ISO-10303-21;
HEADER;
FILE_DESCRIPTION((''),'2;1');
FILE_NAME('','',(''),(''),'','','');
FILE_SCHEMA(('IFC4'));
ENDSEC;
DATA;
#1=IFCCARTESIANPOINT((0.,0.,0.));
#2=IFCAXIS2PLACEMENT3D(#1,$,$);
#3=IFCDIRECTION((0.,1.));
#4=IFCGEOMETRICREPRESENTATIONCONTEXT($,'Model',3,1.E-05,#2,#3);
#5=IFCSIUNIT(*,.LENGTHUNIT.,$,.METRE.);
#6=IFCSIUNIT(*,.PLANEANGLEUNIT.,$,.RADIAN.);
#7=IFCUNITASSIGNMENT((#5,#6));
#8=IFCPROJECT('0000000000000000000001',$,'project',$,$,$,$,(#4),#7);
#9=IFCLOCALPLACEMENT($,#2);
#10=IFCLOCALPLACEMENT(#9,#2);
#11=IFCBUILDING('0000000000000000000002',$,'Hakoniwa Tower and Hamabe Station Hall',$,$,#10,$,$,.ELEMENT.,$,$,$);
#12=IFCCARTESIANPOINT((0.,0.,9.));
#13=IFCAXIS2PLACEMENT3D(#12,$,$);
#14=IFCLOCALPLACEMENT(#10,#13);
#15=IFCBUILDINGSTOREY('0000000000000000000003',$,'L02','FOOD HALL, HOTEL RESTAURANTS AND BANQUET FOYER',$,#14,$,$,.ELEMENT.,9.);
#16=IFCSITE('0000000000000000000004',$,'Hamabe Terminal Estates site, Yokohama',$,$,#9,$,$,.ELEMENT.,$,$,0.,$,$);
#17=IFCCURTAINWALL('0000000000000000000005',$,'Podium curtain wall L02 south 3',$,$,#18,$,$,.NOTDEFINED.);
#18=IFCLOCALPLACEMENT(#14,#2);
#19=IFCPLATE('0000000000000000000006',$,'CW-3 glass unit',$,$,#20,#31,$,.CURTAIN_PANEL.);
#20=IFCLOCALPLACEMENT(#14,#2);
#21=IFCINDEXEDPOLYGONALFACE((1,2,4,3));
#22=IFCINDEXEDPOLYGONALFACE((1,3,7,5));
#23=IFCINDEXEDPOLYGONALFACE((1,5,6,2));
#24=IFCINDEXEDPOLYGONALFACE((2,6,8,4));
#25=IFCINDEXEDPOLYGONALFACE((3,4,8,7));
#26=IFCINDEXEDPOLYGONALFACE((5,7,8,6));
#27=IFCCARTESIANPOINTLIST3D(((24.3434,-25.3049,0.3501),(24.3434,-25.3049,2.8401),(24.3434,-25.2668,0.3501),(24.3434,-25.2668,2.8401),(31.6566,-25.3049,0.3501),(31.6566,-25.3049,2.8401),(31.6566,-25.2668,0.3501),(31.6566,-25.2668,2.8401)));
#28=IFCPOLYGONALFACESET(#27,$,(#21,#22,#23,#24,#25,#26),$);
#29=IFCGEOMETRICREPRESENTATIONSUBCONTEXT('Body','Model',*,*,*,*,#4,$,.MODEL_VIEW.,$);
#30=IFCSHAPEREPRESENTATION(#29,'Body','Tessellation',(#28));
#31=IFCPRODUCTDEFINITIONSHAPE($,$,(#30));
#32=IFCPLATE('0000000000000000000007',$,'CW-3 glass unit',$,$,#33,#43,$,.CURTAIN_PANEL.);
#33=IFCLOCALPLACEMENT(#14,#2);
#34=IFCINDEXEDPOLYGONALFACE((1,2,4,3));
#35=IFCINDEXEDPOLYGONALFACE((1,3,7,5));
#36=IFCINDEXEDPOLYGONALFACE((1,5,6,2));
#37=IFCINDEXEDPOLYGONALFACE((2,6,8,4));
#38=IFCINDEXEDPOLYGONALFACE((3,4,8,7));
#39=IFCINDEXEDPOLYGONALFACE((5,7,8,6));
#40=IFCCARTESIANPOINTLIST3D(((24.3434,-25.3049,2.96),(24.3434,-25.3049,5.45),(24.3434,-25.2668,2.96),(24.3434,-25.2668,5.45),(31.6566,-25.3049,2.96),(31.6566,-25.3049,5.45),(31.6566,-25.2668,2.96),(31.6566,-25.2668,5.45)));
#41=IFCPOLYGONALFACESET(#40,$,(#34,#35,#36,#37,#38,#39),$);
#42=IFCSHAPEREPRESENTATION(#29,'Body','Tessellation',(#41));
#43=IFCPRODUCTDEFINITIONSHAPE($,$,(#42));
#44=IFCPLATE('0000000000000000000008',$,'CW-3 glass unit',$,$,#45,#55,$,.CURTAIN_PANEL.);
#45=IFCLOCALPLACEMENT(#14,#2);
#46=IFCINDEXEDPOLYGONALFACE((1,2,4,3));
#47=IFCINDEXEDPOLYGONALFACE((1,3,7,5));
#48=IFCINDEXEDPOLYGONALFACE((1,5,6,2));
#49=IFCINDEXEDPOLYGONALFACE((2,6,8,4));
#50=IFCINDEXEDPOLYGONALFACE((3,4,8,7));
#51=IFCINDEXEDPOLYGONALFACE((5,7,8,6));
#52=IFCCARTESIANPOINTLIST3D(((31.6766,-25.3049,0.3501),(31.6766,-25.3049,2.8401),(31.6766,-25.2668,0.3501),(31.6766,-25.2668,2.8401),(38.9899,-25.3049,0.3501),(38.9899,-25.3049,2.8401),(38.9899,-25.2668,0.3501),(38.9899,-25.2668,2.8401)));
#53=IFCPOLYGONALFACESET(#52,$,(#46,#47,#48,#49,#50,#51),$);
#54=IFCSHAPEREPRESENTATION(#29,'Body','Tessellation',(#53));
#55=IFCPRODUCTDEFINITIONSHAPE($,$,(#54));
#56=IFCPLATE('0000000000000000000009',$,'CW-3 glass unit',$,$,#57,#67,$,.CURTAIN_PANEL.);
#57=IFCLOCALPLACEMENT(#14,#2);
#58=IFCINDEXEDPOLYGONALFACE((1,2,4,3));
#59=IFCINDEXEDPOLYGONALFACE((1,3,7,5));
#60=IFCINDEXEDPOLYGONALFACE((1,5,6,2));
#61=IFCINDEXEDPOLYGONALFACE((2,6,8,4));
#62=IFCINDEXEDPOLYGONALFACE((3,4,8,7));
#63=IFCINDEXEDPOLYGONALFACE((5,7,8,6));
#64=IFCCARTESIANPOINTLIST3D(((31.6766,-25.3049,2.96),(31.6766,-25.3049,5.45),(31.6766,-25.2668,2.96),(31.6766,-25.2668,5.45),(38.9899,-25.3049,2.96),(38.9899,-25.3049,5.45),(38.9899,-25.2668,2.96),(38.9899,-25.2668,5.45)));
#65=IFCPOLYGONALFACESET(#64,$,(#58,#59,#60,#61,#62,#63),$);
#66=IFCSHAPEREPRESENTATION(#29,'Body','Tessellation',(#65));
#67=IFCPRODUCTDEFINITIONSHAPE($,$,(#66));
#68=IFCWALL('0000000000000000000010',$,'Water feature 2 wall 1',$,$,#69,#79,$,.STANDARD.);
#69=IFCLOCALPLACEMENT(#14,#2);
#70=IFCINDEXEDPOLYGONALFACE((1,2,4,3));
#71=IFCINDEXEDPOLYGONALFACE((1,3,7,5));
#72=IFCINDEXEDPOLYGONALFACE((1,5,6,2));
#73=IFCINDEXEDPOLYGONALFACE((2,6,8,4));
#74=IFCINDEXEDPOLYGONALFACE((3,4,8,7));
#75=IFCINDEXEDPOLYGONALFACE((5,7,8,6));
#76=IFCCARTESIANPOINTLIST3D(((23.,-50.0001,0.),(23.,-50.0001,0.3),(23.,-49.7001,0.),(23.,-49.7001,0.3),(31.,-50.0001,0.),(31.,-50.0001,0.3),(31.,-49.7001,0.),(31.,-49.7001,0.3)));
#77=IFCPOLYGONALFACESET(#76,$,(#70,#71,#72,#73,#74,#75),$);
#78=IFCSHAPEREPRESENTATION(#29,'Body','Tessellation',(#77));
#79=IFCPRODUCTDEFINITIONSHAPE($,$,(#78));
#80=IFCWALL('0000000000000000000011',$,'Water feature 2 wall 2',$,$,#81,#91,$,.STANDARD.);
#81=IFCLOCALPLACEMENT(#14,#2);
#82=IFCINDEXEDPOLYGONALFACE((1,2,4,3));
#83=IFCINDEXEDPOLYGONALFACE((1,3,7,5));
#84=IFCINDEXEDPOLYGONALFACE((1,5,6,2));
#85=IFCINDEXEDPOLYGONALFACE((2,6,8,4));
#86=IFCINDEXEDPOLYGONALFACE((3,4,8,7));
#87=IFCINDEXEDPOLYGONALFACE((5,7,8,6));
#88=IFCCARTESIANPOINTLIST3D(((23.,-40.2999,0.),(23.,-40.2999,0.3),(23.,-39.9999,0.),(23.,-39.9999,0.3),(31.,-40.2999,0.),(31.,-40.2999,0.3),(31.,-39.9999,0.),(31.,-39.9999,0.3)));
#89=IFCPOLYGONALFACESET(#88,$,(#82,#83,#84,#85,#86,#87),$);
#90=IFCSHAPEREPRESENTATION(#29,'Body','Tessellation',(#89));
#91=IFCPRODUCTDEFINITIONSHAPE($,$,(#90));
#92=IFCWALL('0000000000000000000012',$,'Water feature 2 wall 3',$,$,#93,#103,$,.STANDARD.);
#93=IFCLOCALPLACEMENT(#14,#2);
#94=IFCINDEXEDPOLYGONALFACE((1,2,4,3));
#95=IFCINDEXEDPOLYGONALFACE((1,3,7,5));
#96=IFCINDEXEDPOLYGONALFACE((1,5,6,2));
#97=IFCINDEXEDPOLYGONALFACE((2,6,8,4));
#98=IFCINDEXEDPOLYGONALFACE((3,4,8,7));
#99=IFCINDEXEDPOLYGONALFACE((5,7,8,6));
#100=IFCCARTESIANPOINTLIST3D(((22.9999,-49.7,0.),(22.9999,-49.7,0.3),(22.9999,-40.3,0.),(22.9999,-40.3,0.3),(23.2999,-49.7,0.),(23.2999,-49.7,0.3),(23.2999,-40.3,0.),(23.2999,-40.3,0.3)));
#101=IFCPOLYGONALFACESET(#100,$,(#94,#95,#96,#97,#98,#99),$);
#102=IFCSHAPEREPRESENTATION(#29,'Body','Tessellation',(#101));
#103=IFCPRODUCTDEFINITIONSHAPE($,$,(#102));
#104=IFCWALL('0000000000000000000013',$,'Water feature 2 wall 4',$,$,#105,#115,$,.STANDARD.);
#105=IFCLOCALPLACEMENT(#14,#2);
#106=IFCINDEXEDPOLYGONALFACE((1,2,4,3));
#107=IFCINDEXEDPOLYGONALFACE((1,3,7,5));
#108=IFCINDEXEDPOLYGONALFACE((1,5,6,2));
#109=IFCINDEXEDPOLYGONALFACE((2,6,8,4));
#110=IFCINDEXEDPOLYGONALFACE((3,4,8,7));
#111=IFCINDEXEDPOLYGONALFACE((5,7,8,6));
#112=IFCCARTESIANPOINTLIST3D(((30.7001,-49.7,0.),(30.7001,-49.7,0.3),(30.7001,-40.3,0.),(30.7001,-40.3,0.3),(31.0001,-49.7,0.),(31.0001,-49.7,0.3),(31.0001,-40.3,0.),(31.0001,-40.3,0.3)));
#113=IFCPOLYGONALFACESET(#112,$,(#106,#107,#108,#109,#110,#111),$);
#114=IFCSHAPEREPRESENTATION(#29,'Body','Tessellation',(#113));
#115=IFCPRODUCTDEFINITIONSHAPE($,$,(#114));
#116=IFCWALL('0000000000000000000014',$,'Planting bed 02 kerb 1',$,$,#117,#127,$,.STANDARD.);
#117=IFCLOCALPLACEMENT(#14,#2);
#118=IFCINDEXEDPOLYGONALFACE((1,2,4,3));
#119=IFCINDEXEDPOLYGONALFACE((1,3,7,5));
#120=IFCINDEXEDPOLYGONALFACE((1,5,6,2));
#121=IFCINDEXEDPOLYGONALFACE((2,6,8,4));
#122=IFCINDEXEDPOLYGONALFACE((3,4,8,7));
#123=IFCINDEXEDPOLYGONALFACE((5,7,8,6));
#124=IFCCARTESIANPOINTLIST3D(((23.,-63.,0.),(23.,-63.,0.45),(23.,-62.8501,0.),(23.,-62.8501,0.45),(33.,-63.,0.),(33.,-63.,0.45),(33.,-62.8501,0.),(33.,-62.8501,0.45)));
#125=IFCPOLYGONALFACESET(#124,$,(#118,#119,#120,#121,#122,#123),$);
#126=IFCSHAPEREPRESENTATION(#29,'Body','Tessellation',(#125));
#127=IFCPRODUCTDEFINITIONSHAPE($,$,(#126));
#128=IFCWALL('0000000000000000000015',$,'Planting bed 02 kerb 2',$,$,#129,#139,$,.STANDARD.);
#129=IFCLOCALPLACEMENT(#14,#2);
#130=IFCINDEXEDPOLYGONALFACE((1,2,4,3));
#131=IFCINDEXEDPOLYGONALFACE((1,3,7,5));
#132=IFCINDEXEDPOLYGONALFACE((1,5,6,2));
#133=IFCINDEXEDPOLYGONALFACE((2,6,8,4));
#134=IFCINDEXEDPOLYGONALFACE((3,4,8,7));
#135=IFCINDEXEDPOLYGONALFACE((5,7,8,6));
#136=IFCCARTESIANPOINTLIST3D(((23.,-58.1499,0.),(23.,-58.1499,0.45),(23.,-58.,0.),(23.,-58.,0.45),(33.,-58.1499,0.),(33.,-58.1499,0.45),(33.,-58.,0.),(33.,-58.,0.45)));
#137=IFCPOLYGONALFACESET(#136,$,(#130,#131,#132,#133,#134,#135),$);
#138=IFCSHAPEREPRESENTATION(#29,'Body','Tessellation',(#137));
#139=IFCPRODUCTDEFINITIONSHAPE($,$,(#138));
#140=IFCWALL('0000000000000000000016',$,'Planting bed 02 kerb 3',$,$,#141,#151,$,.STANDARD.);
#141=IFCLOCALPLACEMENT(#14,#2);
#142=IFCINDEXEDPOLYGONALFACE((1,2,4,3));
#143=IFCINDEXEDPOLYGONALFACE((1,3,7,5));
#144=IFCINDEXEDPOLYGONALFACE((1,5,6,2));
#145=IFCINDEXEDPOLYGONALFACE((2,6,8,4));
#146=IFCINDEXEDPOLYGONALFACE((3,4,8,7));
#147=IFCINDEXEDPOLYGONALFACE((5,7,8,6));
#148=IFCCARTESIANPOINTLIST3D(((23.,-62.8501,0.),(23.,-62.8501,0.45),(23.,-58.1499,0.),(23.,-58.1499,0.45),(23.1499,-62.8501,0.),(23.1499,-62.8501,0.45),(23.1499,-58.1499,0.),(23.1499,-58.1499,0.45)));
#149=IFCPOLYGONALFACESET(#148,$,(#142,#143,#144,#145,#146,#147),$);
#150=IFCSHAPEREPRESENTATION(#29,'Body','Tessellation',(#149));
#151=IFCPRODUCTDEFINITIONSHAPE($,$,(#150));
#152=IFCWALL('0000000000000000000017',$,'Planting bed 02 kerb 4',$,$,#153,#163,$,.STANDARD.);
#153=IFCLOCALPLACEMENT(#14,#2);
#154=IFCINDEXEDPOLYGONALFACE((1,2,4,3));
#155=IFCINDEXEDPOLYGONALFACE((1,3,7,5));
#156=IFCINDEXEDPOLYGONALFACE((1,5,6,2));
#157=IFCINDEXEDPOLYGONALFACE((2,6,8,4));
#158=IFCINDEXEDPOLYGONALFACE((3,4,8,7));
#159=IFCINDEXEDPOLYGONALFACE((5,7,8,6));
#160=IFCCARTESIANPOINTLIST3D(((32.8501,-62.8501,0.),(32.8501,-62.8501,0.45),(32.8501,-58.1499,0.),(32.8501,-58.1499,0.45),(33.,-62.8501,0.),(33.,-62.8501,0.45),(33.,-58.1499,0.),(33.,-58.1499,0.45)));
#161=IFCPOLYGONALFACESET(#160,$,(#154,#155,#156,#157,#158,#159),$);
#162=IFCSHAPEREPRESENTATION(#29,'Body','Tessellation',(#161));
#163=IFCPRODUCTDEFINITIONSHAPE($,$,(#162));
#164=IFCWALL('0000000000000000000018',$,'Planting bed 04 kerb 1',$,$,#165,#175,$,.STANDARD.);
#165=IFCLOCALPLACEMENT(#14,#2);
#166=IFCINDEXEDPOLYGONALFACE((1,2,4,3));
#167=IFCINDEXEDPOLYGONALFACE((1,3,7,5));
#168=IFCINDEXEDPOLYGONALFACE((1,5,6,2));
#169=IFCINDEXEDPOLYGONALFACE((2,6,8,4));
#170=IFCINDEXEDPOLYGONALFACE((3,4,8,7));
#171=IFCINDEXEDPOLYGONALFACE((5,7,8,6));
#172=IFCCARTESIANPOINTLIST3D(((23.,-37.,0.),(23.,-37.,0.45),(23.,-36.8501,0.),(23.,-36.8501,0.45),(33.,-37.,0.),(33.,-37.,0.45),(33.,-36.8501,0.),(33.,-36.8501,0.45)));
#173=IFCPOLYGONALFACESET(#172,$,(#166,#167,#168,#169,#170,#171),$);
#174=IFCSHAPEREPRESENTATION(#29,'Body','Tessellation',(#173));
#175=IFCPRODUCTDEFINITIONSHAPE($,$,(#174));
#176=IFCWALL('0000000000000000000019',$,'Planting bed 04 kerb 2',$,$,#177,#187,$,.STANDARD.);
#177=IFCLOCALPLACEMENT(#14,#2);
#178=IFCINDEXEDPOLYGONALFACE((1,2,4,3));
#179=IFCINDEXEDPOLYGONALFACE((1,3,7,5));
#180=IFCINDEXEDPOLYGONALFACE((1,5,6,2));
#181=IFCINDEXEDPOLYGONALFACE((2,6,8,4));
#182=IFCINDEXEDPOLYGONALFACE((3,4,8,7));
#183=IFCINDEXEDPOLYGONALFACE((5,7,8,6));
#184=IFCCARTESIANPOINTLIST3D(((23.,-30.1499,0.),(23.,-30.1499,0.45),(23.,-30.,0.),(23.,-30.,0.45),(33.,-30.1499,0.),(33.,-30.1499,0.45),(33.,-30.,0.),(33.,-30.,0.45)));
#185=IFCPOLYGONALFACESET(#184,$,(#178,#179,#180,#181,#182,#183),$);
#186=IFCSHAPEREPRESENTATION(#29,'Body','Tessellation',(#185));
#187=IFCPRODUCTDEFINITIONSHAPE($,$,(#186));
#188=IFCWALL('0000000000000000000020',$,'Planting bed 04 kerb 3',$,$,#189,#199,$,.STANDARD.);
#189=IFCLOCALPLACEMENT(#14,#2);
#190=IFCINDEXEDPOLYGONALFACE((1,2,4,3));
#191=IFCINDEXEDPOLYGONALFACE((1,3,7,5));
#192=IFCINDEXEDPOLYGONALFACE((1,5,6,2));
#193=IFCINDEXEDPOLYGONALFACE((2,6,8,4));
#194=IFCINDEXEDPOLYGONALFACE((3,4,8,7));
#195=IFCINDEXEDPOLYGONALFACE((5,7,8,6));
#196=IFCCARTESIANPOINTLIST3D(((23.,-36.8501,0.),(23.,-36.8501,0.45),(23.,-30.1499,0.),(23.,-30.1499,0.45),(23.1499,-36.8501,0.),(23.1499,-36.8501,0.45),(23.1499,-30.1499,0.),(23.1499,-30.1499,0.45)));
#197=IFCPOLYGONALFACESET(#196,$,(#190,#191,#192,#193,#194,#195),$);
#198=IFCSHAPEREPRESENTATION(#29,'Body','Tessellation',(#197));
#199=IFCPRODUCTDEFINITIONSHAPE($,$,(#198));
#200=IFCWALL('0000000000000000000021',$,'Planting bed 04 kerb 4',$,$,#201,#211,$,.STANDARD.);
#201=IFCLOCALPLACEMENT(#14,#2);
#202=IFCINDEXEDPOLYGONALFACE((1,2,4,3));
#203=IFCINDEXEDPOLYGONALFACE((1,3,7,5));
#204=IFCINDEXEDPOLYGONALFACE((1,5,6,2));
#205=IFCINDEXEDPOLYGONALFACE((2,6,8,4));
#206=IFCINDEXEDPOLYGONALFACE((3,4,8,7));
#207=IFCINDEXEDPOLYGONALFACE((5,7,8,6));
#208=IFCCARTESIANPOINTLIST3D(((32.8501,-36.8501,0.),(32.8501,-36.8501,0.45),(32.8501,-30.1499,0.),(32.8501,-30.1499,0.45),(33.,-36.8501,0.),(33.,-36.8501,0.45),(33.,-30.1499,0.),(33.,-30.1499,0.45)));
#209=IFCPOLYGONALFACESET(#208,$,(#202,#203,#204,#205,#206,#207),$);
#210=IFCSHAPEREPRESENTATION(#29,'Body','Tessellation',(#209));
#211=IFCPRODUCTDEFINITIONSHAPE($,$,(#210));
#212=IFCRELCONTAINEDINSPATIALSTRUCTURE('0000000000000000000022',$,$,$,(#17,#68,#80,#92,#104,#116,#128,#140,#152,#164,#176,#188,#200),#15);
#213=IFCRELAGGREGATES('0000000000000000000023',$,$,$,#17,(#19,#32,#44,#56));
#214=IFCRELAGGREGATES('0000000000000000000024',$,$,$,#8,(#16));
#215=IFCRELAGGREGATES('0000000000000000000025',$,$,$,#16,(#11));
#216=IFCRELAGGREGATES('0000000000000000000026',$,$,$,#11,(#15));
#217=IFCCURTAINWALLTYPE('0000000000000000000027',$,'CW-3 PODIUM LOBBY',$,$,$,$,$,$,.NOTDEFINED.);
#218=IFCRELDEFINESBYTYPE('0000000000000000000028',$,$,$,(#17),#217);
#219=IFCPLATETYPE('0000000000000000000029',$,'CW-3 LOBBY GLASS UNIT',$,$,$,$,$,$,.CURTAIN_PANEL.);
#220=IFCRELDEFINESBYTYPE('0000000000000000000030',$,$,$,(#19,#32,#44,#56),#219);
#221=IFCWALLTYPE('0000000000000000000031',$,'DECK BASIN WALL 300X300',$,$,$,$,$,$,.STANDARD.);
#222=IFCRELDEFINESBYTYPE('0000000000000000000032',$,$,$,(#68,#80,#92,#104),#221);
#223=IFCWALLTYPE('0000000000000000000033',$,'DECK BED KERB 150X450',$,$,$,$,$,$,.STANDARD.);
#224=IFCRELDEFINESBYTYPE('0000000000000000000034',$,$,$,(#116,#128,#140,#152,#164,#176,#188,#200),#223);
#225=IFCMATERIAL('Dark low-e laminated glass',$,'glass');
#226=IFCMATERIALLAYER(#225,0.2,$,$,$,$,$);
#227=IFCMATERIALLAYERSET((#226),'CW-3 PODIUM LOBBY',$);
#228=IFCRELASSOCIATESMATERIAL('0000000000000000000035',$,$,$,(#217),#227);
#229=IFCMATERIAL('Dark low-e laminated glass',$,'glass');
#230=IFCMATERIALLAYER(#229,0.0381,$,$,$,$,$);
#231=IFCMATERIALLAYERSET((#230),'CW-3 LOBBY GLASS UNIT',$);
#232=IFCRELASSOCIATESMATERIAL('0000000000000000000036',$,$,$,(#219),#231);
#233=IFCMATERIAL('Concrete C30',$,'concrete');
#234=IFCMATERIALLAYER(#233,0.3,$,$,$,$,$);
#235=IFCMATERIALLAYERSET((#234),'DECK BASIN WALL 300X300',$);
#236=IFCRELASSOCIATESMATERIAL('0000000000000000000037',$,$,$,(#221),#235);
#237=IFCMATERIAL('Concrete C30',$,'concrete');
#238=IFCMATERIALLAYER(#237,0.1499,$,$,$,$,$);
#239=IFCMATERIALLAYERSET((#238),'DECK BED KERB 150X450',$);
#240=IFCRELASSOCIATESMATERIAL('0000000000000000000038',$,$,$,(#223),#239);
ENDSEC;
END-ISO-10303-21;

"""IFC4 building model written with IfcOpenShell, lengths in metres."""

from ifc_helpers import new_model, si_unit, direction, frame, frame_2d, origin, origin_2d, place, context, subcontext, project, spatial, rectangle, extrude, material, layer, layer_set, type_object, element, aggregate, save


model = new_model("IFC4")

# Units and contexts
model_context = context("Model", 3, precision=1e-05, world=origin(), true_north=direction((0.0, 1.0)))
body_context = subcontext(model_context, "Body", "Model", "MODEL_VIEW")
ifc_project = project(units=[si_unit("LENGTHUNIT", "METRE"), si_unit("PLANEANGLEUNIT", "RADIAN")], contexts=[model_context])

# Site, building, storey
site_placement = place(None, origin())
site = spatial("IfcSite", under=ifc_project, at=site_placement, Name="Hamabe Terminal Estates site, Yokohama", CompositionType="ELEMENT", RefElevation=0.0)
building_placement = place(site_placement, origin())
building = spatial("IfcBuilding", under=site, at=building_placement, Name="Hakoniwa Tower and Hamabe Station Hall", CompositionType="ELEMENT")
storey_placement = place(building_placement, frame((0.0, 0.0, 9.0)))
storey = spatial("IfcBuildingStorey", under=building, at=storey_placement, Name="L02", Description="FOOD HALL, HOTEL RESTAURANTS AND BANQUET FOYER", CompositionType="ELEMENT", Elevation=9.0)

# Curtain wall, plates
ifc_material_1 = material(Name="Dark low-e laminated glass", Category="glass")
ifc_layer_1 = layer(ifc_material_1, 0.2)
ifc_layer_set_1 = layer_set([ifc_layer_1], Name="CW-3 PODIUM LOBBY")
curtain_wall_type = type_object("IfcCurtainWallType", Name="CW-3 PODIUM LOBBY", PredefinedType="NOTDEFINED", material=ifc_layer_set_1)
curtain_wall_placement = place(storey_placement, origin())
curtain_wall = element("IfcCurtainWall", 1, at=curtain_wall_placement, inside=storey, type_object=curtain_wall_type, Name="Podium curtain wall L02 south 3", PredefinedType="NOTDEFINED")
ifc_material_2 = material(Name="Dark low-e laminated glass", Category="glass")
ifc_layer_2 = layer(ifc_material_2, 0.0381)
ifc_layer_set_2 = layer_set([ifc_layer_2], Name="CW-3 LOBBY GLASS UNIT")
plate_type = type_object("IfcPlateType", Name="CW-3 LOBBY GLASS UNIT", PredefinedType="CURTAIN_PANEL", material=ifc_layer_set_2)
plate_1_placement = place(storey_placement, frame((28.0, -25.2859, 0.3501), z_axis=(0.0, 0.0, 1.0), x_axis=(1.0, 0.0, 0.0)))
plate_1 = element("IfcPlate", 2, at=plate_1_placement, type_object=plate_type, Name="CW-3 glass unit", PredefinedType="CURTAIN_PANEL", context=body_context, shape_type="SweptSolid", body=[
    extrude(rectangle(XDim=7.3132, YDim=0.0381, at=origin_2d()), origin(), (0.0, 0.0, 1.0), 2.49),
])
plate_2_placement = place(storey_placement, frame((28.0, -25.2859, 2.96), z_axis=(0.0, 0.0, 1.0), x_axis=(1.0, 0.0, 0.0)))
plate_2 = element("IfcPlate", 3, at=plate_2_placement, type_object=plate_type, Name="CW-3 glass unit", PredefinedType="CURTAIN_PANEL", context=body_context, shape_type="SweptSolid", body=[
    extrude(rectangle(XDim=7.3132, YDim=0.0381, at=origin_2d()), origin(), (0.0, 0.0, 1.0), 2.49),
])
plate_3_placement = place(storey_placement, frame((35.3333, -25.2859, 0.3501), z_axis=(0.0, 0.0, 1.0), x_axis=(1.0, 0.0, 0.0)))
plate_3 = element("IfcPlate", 4, at=plate_3_placement, type_object=plate_type, Name="CW-3 glass unit", PredefinedType="CURTAIN_PANEL", context=body_context, shape_type="SweptSolid", body=[
    extrude(rectangle(XDim=7.3132, YDim=0.0381, at=origin_2d()), origin(), (0.0, 0.0, 1.0), 2.49),
])
plate_4_placement = place(storey_placement, frame((35.3333, -25.2859, 2.96), z_axis=(0.0, 0.0, 1.0), x_axis=(1.0, 0.0, 0.0)))
plate_4 = element("IfcPlate", 5, at=plate_4_placement, type_object=plate_type, Name="CW-3 glass unit", PredefinedType="CURTAIN_PANEL", context=body_context, shape_type="SweptSolid", body=[
    extrude(rectangle(XDim=7.3132, YDim=0.0381, at=origin_2d()), origin(), (0.0, 0.0, 1.0), 2.49),
])
aggregate(curtain_wall, [plate_1, plate_2, plate_3, plate_4])

# Walls
ifc_material_3 = material(Name="Concrete C30", Category="concrete")
ifc_layer_3 = layer(ifc_material_3, 0.3)
ifc_layer_set_3 = layer_set([ifc_layer_3], Name="DECK BASIN WALL 300X300")
wall_type_1 = type_object("IfcWallType", Name="DECK BASIN WALL 300X300", PredefinedType="STANDARD", material=ifc_layer_set_3)
for number, where, z_axis, x_axis, name in (
    (6, (23.0, -49.8501, 0.0), (0.0, 0.0, 1.0), (1.0, 0.0, 0.0), "Water feature 2 wall 1"),
    (7, (23.0, -40.1499, 0.0), (0.0, 0.0, 1.0), (1.0, 0.0, 0.0), "Water feature 2 wall 2"),
):
    element("IfcWall", number, at=place(storey_placement, frame(where, z_axis=z_axis, x_axis=x_axis)), inside=storey, type_object=wall_type_1, Name=name, PredefinedType="STANDARD", context=body_context, shape_type="SweptSolid", body=[
        extrude(rectangle(XDim=8.0, YDim=0.3, at=frame_2d((4.0, 0.0))), origin(), (0.0, 0.0, 1.0), 0.3),
    ])
for number, where, z_axis, x_axis, name in (
    (8, (23.1499, -49.7, 0.0), (0.0, 0.0, 1.0), (0.0, 1.0, 0.0), "Water feature 2 wall 3"),
    (9, (30.8501, -49.7, 0.0), (0.0, 0.0, 1.0), (0.0, 1.0, 0.0), "Water feature 2 wall 4"),
):
    element("IfcWall", number, at=place(storey_placement, frame(where, z_axis=z_axis, x_axis=x_axis)), inside=storey, type_object=wall_type_1, Name=name, PredefinedType="STANDARD", context=body_context, shape_type="SweptSolid", body=[
        extrude(rectangle(XDim=9.3999, YDim=0.3, at=frame_2d((4.7, 0.0))), origin(), (0.0, 0.0, 1.0), 0.3),
    ])
ifc_material_4 = material(Name="Concrete C30", Category="concrete")
ifc_layer_4 = layer(ifc_material_4, 0.1499)
ifc_layer_set_4 = layer_set([ifc_layer_4], Name="DECK BED KERB 150X450")
wall_type_2 = type_object("IfcWallType", Name="DECK BED KERB 150X450", PredefinedType="STANDARD", material=ifc_layer_set_4)
for number, where, z_axis, x_axis, name in (
    (10, (23.0, -62.925, 0.0), (0.0, 0.0, 1.0), (1.0, 0.0, 0.0), "Planting bed 02 kerb 1"),
    (11, (23.0, -58.075, 0.0), (0.0, 0.0, 1.0), (1.0, 0.0, 0.0), "Planting bed 02 kerb 2"),
):
    element("IfcWall", number, at=place(storey_placement, frame(where, z_axis=z_axis, x_axis=x_axis)), inside=storey, type_object=wall_type_2, Name=name, PredefinedType="STANDARD", context=body_context, shape_type="SweptSolid", body=[
        extrude(rectangle(XDim=10.0, YDim=0.1499, at=frame_2d((5.0, 0.0))), origin(), (0.0, 0.0, 1.0), 0.45),
    ])
for number, where, z_axis, x_axis, name in (
    (12, (23.075, -62.8501, 0.0), (0.0, 0.0, 1.0), (0.0, 1.0, 0.0), "Planting bed 02 kerb 3"),
    (13, (32.925, -62.8501, 0.0), (0.0, 0.0, 1.0), (0.0, 1.0, 0.0), "Planting bed 02 kerb 4"),
):
    element("IfcWall", number, at=place(storey_placement, frame(where, z_axis=z_axis, x_axis=x_axis)), inside=storey, type_object=wall_type_2, Name=name, PredefinedType="STANDARD", context=body_context, shape_type="SweptSolid", body=[
        extrude(rectangle(XDim=4.7002, YDim=0.1499, at=frame_2d((2.3501, 0.0))), origin(), (0.0, 0.0, 1.0), 0.45),
    ])
for number, where, z_axis, x_axis, name in (
    (14, (23.0, -36.925, 0.0), (0.0, 0.0, 1.0), (1.0, 0.0, 0.0), "Planting bed 04 kerb 1"),
    (15, (23.0, -30.075, 0.0), (0.0, 0.0, 1.0), (1.0, 0.0, 0.0), "Planting bed 04 kerb 2"),
):
    element("IfcWall", number, at=place(storey_placement, frame(where, z_axis=z_axis, x_axis=x_axis)), inside=storey, type_object=wall_type_2, Name=name, PredefinedType="STANDARD", context=body_context, shape_type="SweptSolid", body=[
        extrude(rectangle(XDim=10.0, YDim=0.1499, at=frame_2d((5.0, 0.0))), origin(), (0.0, 0.0, 1.0), 0.45),
    ])
for number, where, z_axis, x_axis, name in (
    (16, (23.075, -36.8501, 0.0), (0.0, 0.0, 1.0), (0.0, 1.0, 0.0), "Planting bed 04 kerb 3"),
    (17, (32.925, -36.8501, 0.0), (0.0, 0.0, 1.0), (0.0, 1.0, 0.0), "Planting bed 04 kerb 4"),
):
    element("IfcWall", number, at=place(storey_placement, frame(where, z_axis=z_axis, x_axis=x_axis)), inside=storey, type_object=wall_type_2, Name=name, PredefinedType="STANDARD", context=body_context, shape_type="SweptSolid", body=[
        extrude(rectangle(XDim=6.7002, YDim=0.1499, at=frame_2d((3.3501, 0.0))), origin(), (0.0, 0.0, 1.0), 0.45),
    ])

save(model, "model.ifc")
